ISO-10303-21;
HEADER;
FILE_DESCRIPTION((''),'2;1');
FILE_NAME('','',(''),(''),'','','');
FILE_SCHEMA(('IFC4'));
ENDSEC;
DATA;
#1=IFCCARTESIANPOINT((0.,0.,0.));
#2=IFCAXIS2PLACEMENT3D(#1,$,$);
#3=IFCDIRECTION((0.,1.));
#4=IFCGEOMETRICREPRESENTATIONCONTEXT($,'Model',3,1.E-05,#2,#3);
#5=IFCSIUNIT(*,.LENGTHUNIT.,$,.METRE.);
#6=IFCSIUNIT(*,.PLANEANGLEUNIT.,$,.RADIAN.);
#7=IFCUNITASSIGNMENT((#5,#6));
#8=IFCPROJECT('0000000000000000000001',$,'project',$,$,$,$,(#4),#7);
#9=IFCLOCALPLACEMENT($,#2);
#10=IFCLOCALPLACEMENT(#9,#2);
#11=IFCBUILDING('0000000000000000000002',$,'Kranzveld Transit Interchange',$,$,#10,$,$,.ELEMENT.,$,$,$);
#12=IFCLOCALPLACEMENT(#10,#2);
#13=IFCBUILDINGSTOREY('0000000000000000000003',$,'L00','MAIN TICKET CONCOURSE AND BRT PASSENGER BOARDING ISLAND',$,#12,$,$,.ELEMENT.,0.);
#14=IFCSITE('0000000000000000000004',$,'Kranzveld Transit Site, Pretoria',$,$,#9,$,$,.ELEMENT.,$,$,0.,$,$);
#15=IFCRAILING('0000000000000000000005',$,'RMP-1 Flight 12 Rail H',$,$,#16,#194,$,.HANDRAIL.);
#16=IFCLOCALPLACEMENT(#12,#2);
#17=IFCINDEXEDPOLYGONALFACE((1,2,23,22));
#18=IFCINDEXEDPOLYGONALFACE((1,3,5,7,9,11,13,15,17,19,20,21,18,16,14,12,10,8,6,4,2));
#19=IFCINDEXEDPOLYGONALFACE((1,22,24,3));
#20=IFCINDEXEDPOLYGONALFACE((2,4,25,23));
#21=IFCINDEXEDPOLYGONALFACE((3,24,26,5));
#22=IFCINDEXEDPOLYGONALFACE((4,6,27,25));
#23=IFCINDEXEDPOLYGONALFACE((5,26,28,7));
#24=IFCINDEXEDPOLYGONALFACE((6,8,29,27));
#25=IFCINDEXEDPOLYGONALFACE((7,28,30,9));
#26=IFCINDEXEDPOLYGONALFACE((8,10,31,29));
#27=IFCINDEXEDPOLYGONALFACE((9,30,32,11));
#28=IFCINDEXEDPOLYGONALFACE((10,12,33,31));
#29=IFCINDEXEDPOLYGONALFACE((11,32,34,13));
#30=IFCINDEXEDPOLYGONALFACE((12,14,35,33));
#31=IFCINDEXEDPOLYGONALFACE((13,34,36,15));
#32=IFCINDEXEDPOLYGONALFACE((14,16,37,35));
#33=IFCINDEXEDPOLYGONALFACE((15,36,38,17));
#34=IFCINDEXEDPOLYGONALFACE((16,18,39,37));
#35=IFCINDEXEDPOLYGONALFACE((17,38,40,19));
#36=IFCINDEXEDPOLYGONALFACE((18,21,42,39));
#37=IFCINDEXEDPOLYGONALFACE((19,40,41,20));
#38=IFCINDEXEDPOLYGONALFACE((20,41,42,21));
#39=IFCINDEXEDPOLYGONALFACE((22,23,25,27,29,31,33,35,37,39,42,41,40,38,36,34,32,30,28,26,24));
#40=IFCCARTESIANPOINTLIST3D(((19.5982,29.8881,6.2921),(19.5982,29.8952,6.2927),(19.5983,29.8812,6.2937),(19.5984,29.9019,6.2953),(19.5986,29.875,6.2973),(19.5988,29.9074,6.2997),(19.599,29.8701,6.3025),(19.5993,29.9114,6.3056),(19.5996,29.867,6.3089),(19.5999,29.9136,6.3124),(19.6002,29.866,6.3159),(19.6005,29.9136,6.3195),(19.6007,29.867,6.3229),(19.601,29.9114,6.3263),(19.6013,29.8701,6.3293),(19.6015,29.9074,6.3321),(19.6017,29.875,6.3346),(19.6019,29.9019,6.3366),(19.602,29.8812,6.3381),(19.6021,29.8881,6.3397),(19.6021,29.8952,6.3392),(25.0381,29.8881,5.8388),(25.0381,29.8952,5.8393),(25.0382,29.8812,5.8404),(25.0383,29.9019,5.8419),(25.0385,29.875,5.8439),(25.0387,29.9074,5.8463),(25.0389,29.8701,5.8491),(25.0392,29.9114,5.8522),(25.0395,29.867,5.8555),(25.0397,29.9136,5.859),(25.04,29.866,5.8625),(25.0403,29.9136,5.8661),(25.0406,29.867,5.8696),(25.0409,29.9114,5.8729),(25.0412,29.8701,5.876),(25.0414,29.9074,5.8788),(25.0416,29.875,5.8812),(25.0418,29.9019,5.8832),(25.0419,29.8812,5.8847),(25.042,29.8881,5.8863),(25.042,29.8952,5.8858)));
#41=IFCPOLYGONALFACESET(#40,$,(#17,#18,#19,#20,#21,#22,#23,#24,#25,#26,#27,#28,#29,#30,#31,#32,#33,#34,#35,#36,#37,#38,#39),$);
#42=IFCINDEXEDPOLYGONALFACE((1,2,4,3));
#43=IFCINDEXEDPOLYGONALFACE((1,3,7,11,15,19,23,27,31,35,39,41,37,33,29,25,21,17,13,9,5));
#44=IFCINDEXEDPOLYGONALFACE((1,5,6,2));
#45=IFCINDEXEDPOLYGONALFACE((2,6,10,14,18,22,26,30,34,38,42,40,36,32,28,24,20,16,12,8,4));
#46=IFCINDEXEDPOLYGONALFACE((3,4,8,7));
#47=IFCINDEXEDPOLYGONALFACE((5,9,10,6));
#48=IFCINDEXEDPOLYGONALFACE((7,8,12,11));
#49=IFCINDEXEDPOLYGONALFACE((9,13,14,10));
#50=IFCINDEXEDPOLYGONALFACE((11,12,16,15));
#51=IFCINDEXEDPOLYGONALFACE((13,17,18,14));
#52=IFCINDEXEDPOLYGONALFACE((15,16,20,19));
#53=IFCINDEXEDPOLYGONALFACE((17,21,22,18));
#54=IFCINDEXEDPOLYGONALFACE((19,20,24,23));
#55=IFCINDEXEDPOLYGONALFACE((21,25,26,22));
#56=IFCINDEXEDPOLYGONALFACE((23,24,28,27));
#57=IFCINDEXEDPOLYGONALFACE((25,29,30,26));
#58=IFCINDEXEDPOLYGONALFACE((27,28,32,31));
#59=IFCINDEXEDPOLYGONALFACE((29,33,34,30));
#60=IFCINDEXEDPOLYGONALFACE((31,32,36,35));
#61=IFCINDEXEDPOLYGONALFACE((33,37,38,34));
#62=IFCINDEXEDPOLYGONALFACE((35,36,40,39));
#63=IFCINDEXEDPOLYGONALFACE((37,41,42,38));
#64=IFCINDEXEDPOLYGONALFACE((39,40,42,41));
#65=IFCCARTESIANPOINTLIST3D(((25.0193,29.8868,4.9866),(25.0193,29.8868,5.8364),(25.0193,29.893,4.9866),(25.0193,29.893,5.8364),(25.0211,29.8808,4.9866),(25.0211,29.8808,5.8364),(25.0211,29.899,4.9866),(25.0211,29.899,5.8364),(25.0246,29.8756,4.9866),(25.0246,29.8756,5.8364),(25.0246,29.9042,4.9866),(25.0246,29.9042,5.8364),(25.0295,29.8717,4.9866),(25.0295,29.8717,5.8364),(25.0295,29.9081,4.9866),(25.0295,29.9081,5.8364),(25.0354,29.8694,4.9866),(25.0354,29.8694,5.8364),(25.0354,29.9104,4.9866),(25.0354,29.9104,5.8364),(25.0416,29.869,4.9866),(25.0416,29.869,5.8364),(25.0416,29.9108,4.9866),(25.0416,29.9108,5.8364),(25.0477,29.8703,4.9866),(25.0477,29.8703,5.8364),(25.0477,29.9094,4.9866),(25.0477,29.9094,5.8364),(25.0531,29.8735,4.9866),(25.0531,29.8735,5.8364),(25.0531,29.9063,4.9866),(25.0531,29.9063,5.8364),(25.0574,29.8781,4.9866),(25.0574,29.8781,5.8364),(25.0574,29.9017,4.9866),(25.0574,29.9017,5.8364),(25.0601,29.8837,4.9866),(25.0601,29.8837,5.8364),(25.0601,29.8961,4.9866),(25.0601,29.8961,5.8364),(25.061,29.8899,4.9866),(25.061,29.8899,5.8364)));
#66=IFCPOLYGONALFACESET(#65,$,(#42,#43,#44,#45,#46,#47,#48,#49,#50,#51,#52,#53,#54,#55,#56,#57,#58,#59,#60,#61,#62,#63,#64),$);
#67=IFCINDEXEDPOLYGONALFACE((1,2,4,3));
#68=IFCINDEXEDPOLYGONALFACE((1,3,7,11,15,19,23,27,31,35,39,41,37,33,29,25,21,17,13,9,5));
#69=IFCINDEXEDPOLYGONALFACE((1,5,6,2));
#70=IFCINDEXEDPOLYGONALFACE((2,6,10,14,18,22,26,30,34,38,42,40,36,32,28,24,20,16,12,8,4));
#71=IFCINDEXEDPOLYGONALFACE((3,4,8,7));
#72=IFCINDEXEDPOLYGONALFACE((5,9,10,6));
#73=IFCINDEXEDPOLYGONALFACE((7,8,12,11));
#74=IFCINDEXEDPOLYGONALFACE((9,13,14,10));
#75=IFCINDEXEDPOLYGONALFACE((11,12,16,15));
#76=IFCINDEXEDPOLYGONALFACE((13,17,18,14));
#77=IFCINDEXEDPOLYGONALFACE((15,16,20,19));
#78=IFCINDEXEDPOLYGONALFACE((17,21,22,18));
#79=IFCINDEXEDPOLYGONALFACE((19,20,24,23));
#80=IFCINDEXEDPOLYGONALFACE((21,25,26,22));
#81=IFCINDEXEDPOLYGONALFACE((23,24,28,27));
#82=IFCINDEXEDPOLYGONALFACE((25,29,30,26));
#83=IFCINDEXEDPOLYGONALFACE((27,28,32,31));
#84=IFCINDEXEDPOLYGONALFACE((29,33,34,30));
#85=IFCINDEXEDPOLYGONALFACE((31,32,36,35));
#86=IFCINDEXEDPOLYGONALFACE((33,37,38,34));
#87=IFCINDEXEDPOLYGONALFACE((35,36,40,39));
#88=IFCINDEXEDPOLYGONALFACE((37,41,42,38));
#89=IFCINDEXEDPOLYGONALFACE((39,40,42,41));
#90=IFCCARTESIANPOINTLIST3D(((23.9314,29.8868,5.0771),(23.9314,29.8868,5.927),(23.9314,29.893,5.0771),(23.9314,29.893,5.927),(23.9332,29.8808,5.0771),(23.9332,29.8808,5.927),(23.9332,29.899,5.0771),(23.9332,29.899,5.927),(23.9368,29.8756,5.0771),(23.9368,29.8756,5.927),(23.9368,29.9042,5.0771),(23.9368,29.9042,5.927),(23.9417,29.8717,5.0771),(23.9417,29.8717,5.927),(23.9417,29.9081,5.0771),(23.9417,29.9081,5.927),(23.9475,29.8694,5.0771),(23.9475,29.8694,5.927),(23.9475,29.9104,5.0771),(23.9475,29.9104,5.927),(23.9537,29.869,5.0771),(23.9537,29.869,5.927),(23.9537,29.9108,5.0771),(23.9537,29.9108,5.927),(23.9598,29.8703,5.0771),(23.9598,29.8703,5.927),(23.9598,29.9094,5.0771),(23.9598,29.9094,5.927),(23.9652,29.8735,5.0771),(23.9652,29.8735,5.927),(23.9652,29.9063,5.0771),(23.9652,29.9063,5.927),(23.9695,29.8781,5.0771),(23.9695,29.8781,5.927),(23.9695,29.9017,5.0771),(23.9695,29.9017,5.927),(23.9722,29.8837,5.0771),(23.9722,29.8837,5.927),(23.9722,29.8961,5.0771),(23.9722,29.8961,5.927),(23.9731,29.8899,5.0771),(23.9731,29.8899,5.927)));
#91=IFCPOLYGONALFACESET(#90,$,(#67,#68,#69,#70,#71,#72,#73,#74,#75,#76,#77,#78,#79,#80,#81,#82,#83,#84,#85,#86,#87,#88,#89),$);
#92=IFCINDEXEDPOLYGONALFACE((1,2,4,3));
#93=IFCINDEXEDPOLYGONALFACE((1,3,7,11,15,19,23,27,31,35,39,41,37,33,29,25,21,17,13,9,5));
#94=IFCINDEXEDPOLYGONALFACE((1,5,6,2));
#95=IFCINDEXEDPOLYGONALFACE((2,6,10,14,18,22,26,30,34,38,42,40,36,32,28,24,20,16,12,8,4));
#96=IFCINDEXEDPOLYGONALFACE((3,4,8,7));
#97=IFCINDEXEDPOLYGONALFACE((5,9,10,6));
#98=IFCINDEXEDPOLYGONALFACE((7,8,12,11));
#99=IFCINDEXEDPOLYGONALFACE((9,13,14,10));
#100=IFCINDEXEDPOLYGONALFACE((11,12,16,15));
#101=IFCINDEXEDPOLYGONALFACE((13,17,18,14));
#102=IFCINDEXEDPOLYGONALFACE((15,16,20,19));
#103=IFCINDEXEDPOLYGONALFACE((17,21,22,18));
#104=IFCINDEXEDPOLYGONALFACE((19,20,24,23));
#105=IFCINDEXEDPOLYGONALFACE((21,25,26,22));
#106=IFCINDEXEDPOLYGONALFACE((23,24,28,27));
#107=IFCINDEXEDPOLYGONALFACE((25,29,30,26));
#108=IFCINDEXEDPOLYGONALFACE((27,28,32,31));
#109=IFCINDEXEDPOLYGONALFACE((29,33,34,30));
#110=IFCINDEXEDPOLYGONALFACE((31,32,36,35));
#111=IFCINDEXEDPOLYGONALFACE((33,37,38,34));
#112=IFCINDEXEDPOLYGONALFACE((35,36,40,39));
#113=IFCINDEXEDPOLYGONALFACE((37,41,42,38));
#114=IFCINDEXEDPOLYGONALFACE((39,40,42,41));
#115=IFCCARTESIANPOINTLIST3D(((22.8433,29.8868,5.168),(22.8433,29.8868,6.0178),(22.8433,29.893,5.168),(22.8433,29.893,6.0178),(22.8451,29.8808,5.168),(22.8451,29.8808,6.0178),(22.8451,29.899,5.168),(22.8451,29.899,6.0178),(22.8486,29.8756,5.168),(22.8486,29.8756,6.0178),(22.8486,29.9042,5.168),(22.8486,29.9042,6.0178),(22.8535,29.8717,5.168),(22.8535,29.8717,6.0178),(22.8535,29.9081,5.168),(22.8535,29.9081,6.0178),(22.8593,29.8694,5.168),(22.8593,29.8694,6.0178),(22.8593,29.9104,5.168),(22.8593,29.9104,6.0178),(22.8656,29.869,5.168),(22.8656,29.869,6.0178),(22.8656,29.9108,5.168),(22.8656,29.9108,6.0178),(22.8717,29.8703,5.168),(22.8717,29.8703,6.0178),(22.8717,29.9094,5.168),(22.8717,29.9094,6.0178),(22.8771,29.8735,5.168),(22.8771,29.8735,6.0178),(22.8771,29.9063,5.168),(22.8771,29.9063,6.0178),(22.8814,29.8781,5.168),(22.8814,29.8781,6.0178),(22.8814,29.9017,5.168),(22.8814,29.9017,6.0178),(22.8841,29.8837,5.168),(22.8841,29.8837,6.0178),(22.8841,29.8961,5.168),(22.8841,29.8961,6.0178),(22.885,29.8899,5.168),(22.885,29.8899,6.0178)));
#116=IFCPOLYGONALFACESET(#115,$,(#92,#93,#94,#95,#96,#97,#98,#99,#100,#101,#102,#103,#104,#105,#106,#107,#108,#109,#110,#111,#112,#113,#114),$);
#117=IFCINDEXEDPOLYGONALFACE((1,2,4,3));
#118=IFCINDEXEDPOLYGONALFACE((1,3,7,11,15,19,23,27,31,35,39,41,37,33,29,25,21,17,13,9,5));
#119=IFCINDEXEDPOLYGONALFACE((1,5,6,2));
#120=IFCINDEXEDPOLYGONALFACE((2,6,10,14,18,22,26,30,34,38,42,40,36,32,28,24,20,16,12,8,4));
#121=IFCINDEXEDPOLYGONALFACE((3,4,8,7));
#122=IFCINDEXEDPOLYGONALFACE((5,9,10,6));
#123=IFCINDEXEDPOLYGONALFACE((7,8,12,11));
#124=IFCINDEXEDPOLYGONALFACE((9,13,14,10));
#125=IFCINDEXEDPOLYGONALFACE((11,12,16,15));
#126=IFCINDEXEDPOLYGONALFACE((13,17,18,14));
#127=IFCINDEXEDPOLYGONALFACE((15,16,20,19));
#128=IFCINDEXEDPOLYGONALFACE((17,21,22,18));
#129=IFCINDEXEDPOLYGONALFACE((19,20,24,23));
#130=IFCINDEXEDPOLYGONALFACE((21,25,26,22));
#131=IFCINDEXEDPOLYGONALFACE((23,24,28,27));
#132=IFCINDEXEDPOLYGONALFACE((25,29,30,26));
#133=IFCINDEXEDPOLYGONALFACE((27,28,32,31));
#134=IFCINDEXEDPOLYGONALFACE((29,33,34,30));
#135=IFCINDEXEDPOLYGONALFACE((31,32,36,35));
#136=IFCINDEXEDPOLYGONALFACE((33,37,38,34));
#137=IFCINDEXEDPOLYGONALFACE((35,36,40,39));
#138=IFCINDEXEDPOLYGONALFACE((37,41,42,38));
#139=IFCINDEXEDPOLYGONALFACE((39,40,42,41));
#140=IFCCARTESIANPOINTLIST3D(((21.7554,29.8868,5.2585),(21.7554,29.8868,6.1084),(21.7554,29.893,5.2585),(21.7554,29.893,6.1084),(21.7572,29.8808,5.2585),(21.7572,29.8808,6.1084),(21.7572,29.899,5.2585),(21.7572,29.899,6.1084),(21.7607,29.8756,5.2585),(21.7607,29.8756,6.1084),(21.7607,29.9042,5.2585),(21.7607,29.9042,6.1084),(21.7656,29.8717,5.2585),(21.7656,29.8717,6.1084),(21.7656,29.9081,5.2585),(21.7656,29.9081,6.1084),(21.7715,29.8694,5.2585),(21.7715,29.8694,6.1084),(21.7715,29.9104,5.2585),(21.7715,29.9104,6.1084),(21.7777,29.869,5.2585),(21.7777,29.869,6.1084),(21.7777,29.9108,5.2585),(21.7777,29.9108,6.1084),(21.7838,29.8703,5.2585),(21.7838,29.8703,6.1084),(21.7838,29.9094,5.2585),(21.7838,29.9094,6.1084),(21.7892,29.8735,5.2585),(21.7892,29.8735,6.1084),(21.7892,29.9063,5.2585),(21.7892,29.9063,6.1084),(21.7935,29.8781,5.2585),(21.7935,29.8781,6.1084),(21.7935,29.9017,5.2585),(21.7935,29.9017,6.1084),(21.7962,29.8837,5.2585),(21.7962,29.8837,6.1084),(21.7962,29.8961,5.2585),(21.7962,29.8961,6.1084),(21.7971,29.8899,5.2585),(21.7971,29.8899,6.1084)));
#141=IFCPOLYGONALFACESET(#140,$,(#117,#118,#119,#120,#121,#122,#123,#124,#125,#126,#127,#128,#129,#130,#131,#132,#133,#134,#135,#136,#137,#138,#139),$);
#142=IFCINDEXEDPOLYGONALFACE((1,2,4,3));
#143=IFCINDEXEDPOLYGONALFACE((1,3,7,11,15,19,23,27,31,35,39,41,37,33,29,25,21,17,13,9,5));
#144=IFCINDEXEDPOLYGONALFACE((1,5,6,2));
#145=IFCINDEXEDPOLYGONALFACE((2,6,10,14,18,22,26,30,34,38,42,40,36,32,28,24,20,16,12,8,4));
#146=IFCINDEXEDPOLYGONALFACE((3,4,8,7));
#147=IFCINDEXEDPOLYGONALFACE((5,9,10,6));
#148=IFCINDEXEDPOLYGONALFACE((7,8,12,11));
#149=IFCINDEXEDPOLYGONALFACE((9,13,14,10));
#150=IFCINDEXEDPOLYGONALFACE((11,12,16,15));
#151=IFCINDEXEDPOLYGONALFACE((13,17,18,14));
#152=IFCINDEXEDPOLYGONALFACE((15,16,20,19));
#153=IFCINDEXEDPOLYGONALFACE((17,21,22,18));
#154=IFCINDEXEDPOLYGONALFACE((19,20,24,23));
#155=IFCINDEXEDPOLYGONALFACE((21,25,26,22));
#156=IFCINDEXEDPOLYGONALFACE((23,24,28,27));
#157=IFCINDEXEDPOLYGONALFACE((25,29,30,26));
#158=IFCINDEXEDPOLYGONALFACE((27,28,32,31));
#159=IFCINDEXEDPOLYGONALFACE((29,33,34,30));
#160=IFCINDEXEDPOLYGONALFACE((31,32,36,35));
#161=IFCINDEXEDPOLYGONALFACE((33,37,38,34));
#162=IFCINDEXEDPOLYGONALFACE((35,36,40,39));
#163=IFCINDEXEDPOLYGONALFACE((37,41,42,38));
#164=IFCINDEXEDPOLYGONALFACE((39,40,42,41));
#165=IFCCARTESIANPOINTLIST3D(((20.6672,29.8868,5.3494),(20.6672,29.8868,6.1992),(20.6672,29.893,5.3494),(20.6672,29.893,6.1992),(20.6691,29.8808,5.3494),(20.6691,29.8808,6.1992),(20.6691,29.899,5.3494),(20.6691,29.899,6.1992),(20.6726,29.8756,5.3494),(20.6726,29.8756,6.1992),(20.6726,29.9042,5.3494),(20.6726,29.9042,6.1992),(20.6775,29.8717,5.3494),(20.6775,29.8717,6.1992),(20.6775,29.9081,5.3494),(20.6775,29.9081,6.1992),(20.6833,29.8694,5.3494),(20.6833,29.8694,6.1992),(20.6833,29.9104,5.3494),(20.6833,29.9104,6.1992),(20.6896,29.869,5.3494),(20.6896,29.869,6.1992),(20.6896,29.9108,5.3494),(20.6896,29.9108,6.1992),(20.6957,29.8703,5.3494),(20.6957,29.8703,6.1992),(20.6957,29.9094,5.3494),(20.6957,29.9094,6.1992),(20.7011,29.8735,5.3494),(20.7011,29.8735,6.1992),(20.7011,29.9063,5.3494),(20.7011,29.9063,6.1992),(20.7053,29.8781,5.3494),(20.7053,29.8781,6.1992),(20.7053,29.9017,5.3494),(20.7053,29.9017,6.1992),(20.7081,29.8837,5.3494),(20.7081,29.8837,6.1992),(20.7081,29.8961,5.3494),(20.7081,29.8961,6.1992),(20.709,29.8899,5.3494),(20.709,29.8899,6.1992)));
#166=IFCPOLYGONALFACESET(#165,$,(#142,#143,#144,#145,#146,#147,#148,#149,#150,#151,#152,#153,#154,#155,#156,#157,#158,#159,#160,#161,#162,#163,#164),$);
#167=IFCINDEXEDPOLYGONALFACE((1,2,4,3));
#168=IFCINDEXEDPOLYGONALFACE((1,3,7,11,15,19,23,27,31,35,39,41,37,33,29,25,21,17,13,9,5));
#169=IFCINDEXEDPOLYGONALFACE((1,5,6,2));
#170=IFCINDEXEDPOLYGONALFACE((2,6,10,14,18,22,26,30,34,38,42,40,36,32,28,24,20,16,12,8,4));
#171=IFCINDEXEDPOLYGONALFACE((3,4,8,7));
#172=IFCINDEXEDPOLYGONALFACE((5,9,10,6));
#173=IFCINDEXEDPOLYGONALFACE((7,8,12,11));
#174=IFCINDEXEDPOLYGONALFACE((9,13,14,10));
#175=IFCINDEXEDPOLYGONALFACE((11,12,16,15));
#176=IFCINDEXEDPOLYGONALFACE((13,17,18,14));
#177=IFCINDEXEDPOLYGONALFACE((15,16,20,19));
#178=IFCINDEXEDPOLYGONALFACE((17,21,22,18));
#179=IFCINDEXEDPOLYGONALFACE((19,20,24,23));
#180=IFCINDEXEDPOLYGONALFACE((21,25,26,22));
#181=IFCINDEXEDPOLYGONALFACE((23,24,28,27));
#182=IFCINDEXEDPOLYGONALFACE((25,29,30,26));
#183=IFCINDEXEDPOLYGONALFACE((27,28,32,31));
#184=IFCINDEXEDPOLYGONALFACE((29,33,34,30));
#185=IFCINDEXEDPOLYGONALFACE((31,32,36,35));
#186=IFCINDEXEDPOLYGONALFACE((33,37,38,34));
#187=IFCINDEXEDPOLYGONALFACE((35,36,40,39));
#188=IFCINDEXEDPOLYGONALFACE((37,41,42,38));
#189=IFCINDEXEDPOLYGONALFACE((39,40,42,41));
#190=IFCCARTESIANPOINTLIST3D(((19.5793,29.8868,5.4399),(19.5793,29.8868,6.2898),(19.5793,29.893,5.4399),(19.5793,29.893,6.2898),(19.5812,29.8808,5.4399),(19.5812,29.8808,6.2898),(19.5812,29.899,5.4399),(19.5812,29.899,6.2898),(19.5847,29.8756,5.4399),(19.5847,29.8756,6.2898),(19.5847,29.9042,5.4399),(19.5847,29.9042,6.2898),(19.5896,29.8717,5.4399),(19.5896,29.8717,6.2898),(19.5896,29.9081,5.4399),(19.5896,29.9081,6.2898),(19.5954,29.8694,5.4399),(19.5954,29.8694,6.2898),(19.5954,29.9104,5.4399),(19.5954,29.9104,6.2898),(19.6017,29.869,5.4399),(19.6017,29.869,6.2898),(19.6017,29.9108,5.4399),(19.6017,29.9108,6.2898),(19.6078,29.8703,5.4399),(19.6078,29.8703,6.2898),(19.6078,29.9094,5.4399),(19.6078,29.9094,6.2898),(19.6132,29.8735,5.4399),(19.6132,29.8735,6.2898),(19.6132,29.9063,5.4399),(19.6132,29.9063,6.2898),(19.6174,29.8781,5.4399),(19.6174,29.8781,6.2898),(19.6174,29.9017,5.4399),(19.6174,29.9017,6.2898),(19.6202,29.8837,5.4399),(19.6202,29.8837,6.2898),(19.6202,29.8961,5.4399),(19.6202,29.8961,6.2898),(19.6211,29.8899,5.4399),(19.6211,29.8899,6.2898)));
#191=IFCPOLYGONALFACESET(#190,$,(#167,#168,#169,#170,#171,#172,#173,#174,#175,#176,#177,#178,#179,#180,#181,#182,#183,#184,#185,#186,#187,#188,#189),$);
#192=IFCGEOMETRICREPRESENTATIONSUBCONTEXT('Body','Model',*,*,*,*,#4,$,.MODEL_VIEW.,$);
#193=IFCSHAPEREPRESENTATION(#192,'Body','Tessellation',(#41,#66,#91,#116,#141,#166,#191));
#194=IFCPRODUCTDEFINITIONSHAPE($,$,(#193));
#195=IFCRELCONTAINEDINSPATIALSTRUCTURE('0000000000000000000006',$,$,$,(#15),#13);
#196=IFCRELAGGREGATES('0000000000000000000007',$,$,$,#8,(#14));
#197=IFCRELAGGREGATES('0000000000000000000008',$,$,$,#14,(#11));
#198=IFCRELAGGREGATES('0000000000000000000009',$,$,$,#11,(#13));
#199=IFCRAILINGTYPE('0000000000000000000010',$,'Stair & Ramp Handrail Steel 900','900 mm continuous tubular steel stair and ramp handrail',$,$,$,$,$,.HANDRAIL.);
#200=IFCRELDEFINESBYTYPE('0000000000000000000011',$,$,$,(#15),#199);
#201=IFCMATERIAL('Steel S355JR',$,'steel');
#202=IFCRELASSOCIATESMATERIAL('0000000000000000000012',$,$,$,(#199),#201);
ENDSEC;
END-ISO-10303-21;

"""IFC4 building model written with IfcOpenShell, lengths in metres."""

from ifc_helpers import new_model, si_unit, direction, frame, origin, origin_2d, place, context, subcontext, project, spatial, circle, extrude, material, type_object, element, save


model = new_model("IFC4")

# Units and contexts
model_context = context("Model", 3, precision=1e-05, world=origin(), true_north=direction((0.0, 1.0)))
body_context = subcontext(model_context, "Body", "Model", "MODEL_VIEW")
ifc_project = project(units=[si_unit("LENGTHUNIT", "METRE"), si_unit("PLANEANGLEUNIT", "RADIAN")], contexts=[model_context])

# Site, building, storey
site_placement = place(None, origin())
site = spatial("IfcSite", under=ifc_project, at=site_placement, Name="Kranzveld Transit Site, Pretoria", CompositionType="ELEMENT", RefElevation=0.0)
building_placement = place(site_placement, origin())
building = spatial("IfcBuilding", under=site, at=building_placement, Name="Kranzveld Transit Interchange", CompositionType="ELEMENT")
storey_placement = place(building_placement, origin())
storey = spatial("IfcBuildingStorey", under=building, at=storey_placement, Name="L00", Description="MAIN TICKET CONCOURSE AND BRT PASSENGER BOARDING ISLAND", CompositionType="ELEMENT", Elevation=0.0)

# Railing
ifc_material_1 = material(Name="Steel S355JR", Category="steel")
railing_type_1 = type_object("IfcRailingType", Name="Stair & Ramp Handrail Steel 900", Description="900 mm continuous tubular steel stair and ramp handrail", PredefinedType="HANDRAIL", material=ifc_material_1)
for number, where, name in (
    (1, (25.04, 29.8899, 4.9866), "RMP-1 Flight 12 Rail H"),
):
    element("IfcRailing", number, at=place(storey_placement, frame(where)), inside=storey, type_object=railing_type_1, Name=name, PredefinedType="HANDRAIL", context=body_context, shape_type="SweptSolid", body=[
        extrude(circle(Radius=0.0239, at=origin_2d()), frame((0.0, 0.0, 0.876), z_axis=(-0.996545, 0.0, 0.083053), x_axis=(0.0, -1.0, 0.0)), (0.0, 0.0, 1.0), 5.4587),
        extrude(circle(Radius=0.021, at=origin_2d()), origin(), (0.0, 0.0, 1.0), 0.8499),
        extrude(circle(Radius=0.021, at=origin_2d()), frame((-1.0879, 0.0, 0.0906)), (0.0, 0.0, 1.0), 0.8499),
        extrude(circle(Radius=0.021, at=origin_2d()), frame((-2.176, 0.0, 0.1814)), (0.0, 0.0, 1.0), 0.8499),
        extrude(circle(Radius=0.021, at=origin_2d()), frame((-3.2639, 0.0, 0.272)), (0.0, 0.0, 1.0), 0.8499),
        extrude(circle(Radius=0.021, at=origin_2d()), frame((-4.3521, 0.0, 0.3628)), (0.0, 0.0, 1.0), 0.8499),
        extrude(circle(Radius=0.021, at=origin_2d()), frame((-5.4399, 0.0, 0.4534)), (0.0, 0.0, 1.0), 0.8499),
    ])

save(model, "model.ifc")
